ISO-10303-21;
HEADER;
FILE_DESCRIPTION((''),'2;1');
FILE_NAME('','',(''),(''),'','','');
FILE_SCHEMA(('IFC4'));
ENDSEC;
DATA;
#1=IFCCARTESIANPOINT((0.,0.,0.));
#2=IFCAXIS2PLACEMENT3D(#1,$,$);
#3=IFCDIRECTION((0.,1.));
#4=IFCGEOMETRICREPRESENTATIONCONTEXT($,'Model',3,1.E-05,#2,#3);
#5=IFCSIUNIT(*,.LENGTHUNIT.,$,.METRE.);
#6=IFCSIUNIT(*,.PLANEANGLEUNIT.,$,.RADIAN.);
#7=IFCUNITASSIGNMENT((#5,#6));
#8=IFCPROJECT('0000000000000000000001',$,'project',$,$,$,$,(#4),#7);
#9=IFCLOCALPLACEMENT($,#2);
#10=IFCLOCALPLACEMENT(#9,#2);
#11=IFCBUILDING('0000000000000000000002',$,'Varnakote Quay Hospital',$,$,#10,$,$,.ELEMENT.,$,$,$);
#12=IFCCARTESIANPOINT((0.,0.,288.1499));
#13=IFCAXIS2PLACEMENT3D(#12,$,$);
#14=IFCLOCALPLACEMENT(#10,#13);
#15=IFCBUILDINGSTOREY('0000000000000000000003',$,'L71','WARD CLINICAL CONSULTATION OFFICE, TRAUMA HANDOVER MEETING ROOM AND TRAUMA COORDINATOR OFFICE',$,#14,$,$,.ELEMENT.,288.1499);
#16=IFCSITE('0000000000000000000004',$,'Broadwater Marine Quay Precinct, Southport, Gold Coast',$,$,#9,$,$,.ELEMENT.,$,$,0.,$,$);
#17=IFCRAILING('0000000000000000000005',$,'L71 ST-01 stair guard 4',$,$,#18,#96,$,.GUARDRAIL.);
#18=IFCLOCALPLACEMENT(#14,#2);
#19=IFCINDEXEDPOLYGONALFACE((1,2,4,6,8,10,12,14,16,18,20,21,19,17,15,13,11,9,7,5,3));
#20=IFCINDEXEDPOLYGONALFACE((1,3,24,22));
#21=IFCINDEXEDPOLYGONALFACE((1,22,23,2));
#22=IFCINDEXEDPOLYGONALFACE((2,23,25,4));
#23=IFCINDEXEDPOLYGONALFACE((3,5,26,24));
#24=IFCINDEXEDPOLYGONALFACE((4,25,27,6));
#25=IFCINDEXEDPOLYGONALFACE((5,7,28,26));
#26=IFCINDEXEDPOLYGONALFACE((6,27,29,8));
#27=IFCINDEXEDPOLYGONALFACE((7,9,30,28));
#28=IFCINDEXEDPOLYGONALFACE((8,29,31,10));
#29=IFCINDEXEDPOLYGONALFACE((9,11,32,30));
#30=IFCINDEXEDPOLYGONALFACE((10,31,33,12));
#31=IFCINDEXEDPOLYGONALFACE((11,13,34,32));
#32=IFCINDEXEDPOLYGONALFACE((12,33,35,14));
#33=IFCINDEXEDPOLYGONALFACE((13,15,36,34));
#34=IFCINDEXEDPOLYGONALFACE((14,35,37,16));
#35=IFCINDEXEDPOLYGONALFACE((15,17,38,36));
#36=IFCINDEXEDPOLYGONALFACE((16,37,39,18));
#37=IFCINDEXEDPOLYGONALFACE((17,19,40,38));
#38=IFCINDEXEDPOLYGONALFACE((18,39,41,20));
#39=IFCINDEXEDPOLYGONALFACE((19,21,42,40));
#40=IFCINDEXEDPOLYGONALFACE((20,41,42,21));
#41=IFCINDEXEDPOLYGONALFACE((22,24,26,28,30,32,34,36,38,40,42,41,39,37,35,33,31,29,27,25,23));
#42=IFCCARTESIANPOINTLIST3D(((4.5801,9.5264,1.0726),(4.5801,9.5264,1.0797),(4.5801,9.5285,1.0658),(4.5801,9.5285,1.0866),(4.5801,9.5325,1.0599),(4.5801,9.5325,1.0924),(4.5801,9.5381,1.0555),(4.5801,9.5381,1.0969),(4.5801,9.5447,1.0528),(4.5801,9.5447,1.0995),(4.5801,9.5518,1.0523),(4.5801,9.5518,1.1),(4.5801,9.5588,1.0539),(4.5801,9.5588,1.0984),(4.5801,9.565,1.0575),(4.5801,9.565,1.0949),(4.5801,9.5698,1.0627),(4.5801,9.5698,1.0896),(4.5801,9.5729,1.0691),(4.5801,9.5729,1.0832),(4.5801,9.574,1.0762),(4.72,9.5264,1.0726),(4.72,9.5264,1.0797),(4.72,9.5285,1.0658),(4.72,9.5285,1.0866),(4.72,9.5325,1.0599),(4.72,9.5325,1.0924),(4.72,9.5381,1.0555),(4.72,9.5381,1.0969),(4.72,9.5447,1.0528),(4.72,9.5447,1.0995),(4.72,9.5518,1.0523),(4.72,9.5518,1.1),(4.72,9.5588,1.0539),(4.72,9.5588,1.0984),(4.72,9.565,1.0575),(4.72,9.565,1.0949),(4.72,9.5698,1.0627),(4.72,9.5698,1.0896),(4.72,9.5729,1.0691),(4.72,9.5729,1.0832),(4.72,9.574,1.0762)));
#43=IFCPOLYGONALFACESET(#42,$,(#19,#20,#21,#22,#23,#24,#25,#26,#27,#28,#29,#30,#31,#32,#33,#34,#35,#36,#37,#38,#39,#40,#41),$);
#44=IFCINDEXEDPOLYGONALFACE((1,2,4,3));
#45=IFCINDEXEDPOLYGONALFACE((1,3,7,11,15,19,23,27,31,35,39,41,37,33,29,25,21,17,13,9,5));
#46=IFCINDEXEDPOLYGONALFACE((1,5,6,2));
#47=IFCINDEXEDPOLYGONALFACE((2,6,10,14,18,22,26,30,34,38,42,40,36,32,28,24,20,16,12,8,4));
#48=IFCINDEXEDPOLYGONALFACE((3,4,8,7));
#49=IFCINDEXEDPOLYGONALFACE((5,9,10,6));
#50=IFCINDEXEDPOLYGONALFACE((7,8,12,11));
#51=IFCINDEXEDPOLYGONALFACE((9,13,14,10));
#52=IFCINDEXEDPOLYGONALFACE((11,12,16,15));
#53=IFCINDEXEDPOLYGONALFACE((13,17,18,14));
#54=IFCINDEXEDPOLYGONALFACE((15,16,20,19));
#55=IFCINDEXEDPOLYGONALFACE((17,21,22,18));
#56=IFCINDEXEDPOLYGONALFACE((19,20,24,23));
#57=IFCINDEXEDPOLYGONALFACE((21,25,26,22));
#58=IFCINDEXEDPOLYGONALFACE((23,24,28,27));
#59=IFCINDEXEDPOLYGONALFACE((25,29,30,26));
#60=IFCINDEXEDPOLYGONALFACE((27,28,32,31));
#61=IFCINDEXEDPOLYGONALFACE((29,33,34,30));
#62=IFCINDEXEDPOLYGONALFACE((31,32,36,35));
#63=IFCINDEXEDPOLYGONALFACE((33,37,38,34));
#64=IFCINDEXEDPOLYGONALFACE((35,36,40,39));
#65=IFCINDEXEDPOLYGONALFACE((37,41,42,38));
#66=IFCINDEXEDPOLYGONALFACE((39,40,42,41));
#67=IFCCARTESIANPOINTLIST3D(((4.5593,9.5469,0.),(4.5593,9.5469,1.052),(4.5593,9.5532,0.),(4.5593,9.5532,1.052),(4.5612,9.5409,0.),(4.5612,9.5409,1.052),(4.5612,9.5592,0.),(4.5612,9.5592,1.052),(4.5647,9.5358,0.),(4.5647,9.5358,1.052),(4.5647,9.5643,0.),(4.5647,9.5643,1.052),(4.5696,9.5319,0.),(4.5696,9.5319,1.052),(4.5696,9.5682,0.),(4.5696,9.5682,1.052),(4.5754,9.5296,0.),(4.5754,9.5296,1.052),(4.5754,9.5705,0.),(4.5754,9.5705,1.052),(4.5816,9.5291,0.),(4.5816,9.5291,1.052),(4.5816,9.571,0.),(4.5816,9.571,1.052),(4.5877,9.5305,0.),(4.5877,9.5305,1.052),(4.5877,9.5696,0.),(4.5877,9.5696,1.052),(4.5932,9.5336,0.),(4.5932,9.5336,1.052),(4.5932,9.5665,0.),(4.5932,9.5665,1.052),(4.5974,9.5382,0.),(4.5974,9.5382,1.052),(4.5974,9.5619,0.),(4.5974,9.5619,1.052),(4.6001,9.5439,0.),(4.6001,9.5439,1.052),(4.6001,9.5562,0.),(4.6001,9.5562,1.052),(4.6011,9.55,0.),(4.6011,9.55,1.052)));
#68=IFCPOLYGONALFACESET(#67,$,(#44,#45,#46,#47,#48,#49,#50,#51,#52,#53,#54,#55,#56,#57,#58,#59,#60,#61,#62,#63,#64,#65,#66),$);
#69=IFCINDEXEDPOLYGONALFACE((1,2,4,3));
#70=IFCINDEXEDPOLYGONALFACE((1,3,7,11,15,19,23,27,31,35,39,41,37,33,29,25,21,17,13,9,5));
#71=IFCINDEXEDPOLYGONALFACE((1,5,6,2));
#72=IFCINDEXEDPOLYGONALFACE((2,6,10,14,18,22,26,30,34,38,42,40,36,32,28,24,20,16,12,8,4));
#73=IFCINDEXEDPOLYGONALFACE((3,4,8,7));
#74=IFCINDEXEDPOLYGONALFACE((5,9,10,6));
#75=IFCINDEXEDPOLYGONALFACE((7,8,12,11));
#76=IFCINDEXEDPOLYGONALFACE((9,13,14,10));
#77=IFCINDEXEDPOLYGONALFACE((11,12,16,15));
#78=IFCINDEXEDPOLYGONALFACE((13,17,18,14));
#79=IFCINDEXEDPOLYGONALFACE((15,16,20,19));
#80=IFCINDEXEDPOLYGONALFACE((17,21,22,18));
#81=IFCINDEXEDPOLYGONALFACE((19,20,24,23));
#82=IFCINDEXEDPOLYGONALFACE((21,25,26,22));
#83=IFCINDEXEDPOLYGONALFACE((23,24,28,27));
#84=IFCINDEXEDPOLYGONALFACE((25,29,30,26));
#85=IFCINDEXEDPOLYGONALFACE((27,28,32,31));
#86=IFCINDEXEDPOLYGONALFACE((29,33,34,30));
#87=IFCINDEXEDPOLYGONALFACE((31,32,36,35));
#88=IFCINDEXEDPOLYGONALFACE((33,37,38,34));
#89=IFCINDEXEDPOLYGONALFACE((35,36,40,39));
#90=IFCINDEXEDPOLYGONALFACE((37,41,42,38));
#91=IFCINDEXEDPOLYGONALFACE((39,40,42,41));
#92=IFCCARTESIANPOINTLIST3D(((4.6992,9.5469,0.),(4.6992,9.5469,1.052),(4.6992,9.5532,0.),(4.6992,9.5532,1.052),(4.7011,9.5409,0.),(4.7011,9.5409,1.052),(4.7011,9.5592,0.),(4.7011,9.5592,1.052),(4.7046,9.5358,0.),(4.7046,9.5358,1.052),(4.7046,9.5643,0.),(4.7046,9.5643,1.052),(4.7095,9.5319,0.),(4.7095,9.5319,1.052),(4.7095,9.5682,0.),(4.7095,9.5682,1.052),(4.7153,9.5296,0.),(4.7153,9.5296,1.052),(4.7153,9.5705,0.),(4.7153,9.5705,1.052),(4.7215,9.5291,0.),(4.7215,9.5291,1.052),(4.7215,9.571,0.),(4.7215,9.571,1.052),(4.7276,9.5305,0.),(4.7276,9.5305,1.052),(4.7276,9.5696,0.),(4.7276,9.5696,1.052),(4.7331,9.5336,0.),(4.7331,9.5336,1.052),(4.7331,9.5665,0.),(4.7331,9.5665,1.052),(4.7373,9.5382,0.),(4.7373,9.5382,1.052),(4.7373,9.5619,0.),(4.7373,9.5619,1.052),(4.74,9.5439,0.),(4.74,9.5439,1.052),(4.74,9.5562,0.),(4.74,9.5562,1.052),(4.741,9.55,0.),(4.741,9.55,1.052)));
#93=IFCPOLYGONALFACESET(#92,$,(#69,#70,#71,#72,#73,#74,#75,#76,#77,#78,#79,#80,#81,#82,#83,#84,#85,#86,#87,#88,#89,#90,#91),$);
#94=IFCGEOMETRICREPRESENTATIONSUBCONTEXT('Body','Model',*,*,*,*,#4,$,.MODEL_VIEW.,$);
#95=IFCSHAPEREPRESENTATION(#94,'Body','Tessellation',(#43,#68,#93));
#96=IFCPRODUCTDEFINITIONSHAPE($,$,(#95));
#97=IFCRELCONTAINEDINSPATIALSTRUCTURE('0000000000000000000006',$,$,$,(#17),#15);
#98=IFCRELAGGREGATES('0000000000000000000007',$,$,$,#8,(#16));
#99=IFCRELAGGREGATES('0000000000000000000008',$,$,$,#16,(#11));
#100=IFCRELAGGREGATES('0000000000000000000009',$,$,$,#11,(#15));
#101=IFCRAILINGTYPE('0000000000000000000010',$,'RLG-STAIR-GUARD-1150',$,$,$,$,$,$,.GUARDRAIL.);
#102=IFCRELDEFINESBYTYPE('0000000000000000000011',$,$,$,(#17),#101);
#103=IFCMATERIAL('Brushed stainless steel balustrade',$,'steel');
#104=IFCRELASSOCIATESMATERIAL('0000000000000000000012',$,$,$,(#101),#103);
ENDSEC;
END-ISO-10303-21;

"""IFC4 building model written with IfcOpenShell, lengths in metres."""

from ifc_helpers import new_model, si_unit, direction, frame, origin, origin_2d, place, context, subcontext, project, spatial, circle, extrude, material, type_object, element, save


model = new_model("IFC4")

# Units and contexts
model_context = context("Model", 3, precision=1e-05, world=origin(), true_north=direction((0.0, 1.0)))
body_context = subcontext(model_context, "Body", "Model", "MODEL_VIEW")
ifc_project = project(units=[si_unit("LENGTHUNIT", "METRE"), si_unit("PLANEANGLEUNIT", "RADIAN")], contexts=[model_context])

# Site, building, storey
site_placement = place(None, origin())
site = spatial("IfcSite", under=ifc_project, at=site_placement, Name="Broadwater Marine Quay Precinct, Southport, Gold Coast", CompositionType="ELEMENT", RefElevation=0.0)
building_placement = place(site_placement, origin())
building = spatial("IfcBuilding", under=site, at=building_placement, Name="Varnakote Quay Hospital", CompositionType="ELEMENT")
storey_placement = place(building_placement, frame((0.0, 0.0, 288.1499)))
storey = spatial("IfcBuildingStorey", under=building, at=storey_placement, Name="L71", Description="WARD CLINICAL CONSULTATION OFFICE, TRAUMA HANDOVER MEETING ROOM AND TRAUMA COORDINATOR OFFICE", CompositionType="ELEMENT", Elevation=288.1499)

# Railing
ifc_material_1 = material(Name="Brushed stainless steel balustrade", Category="steel")
railing_type_1 = type_object("IfcRailingType", Name="RLG-STAIR-GUARD-1150", PredefinedType="GUARDRAIL", material=ifc_material_1)
railing_1_placement = place(storey_placement, frame((4.5801, 9.55, 0.0)))
element("IfcRailing", 1, at=railing_1_placement, inside=storey, type_object=railing_type_1, Name="L71 ST-01 stair guard 4", PredefinedType="GUARDRAIL", context=body_context, shape_type="SweptSolid", body=[
    extrude(circle(Radius=0.0239, at=origin_2d()), frame((0.0, 0.0, 1.0762), z_axis=(1.0, 0.0, 0.0), x_axis=(0.0, 1.0, 0.0)), (0.0, 0.0, 1.0), 0.1399),
    extrude(circle(Radius=0.021, at=origin_2d()), origin(), (0.0, 0.0, 1.0), 1.052),
    extrude(circle(Radius=0.021, at=origin_2d()), frame((0.1399, 0.0, 0.0)), (0.0, 0.0, 1.0), 1.052),
])

save(model, "model.ifc")
